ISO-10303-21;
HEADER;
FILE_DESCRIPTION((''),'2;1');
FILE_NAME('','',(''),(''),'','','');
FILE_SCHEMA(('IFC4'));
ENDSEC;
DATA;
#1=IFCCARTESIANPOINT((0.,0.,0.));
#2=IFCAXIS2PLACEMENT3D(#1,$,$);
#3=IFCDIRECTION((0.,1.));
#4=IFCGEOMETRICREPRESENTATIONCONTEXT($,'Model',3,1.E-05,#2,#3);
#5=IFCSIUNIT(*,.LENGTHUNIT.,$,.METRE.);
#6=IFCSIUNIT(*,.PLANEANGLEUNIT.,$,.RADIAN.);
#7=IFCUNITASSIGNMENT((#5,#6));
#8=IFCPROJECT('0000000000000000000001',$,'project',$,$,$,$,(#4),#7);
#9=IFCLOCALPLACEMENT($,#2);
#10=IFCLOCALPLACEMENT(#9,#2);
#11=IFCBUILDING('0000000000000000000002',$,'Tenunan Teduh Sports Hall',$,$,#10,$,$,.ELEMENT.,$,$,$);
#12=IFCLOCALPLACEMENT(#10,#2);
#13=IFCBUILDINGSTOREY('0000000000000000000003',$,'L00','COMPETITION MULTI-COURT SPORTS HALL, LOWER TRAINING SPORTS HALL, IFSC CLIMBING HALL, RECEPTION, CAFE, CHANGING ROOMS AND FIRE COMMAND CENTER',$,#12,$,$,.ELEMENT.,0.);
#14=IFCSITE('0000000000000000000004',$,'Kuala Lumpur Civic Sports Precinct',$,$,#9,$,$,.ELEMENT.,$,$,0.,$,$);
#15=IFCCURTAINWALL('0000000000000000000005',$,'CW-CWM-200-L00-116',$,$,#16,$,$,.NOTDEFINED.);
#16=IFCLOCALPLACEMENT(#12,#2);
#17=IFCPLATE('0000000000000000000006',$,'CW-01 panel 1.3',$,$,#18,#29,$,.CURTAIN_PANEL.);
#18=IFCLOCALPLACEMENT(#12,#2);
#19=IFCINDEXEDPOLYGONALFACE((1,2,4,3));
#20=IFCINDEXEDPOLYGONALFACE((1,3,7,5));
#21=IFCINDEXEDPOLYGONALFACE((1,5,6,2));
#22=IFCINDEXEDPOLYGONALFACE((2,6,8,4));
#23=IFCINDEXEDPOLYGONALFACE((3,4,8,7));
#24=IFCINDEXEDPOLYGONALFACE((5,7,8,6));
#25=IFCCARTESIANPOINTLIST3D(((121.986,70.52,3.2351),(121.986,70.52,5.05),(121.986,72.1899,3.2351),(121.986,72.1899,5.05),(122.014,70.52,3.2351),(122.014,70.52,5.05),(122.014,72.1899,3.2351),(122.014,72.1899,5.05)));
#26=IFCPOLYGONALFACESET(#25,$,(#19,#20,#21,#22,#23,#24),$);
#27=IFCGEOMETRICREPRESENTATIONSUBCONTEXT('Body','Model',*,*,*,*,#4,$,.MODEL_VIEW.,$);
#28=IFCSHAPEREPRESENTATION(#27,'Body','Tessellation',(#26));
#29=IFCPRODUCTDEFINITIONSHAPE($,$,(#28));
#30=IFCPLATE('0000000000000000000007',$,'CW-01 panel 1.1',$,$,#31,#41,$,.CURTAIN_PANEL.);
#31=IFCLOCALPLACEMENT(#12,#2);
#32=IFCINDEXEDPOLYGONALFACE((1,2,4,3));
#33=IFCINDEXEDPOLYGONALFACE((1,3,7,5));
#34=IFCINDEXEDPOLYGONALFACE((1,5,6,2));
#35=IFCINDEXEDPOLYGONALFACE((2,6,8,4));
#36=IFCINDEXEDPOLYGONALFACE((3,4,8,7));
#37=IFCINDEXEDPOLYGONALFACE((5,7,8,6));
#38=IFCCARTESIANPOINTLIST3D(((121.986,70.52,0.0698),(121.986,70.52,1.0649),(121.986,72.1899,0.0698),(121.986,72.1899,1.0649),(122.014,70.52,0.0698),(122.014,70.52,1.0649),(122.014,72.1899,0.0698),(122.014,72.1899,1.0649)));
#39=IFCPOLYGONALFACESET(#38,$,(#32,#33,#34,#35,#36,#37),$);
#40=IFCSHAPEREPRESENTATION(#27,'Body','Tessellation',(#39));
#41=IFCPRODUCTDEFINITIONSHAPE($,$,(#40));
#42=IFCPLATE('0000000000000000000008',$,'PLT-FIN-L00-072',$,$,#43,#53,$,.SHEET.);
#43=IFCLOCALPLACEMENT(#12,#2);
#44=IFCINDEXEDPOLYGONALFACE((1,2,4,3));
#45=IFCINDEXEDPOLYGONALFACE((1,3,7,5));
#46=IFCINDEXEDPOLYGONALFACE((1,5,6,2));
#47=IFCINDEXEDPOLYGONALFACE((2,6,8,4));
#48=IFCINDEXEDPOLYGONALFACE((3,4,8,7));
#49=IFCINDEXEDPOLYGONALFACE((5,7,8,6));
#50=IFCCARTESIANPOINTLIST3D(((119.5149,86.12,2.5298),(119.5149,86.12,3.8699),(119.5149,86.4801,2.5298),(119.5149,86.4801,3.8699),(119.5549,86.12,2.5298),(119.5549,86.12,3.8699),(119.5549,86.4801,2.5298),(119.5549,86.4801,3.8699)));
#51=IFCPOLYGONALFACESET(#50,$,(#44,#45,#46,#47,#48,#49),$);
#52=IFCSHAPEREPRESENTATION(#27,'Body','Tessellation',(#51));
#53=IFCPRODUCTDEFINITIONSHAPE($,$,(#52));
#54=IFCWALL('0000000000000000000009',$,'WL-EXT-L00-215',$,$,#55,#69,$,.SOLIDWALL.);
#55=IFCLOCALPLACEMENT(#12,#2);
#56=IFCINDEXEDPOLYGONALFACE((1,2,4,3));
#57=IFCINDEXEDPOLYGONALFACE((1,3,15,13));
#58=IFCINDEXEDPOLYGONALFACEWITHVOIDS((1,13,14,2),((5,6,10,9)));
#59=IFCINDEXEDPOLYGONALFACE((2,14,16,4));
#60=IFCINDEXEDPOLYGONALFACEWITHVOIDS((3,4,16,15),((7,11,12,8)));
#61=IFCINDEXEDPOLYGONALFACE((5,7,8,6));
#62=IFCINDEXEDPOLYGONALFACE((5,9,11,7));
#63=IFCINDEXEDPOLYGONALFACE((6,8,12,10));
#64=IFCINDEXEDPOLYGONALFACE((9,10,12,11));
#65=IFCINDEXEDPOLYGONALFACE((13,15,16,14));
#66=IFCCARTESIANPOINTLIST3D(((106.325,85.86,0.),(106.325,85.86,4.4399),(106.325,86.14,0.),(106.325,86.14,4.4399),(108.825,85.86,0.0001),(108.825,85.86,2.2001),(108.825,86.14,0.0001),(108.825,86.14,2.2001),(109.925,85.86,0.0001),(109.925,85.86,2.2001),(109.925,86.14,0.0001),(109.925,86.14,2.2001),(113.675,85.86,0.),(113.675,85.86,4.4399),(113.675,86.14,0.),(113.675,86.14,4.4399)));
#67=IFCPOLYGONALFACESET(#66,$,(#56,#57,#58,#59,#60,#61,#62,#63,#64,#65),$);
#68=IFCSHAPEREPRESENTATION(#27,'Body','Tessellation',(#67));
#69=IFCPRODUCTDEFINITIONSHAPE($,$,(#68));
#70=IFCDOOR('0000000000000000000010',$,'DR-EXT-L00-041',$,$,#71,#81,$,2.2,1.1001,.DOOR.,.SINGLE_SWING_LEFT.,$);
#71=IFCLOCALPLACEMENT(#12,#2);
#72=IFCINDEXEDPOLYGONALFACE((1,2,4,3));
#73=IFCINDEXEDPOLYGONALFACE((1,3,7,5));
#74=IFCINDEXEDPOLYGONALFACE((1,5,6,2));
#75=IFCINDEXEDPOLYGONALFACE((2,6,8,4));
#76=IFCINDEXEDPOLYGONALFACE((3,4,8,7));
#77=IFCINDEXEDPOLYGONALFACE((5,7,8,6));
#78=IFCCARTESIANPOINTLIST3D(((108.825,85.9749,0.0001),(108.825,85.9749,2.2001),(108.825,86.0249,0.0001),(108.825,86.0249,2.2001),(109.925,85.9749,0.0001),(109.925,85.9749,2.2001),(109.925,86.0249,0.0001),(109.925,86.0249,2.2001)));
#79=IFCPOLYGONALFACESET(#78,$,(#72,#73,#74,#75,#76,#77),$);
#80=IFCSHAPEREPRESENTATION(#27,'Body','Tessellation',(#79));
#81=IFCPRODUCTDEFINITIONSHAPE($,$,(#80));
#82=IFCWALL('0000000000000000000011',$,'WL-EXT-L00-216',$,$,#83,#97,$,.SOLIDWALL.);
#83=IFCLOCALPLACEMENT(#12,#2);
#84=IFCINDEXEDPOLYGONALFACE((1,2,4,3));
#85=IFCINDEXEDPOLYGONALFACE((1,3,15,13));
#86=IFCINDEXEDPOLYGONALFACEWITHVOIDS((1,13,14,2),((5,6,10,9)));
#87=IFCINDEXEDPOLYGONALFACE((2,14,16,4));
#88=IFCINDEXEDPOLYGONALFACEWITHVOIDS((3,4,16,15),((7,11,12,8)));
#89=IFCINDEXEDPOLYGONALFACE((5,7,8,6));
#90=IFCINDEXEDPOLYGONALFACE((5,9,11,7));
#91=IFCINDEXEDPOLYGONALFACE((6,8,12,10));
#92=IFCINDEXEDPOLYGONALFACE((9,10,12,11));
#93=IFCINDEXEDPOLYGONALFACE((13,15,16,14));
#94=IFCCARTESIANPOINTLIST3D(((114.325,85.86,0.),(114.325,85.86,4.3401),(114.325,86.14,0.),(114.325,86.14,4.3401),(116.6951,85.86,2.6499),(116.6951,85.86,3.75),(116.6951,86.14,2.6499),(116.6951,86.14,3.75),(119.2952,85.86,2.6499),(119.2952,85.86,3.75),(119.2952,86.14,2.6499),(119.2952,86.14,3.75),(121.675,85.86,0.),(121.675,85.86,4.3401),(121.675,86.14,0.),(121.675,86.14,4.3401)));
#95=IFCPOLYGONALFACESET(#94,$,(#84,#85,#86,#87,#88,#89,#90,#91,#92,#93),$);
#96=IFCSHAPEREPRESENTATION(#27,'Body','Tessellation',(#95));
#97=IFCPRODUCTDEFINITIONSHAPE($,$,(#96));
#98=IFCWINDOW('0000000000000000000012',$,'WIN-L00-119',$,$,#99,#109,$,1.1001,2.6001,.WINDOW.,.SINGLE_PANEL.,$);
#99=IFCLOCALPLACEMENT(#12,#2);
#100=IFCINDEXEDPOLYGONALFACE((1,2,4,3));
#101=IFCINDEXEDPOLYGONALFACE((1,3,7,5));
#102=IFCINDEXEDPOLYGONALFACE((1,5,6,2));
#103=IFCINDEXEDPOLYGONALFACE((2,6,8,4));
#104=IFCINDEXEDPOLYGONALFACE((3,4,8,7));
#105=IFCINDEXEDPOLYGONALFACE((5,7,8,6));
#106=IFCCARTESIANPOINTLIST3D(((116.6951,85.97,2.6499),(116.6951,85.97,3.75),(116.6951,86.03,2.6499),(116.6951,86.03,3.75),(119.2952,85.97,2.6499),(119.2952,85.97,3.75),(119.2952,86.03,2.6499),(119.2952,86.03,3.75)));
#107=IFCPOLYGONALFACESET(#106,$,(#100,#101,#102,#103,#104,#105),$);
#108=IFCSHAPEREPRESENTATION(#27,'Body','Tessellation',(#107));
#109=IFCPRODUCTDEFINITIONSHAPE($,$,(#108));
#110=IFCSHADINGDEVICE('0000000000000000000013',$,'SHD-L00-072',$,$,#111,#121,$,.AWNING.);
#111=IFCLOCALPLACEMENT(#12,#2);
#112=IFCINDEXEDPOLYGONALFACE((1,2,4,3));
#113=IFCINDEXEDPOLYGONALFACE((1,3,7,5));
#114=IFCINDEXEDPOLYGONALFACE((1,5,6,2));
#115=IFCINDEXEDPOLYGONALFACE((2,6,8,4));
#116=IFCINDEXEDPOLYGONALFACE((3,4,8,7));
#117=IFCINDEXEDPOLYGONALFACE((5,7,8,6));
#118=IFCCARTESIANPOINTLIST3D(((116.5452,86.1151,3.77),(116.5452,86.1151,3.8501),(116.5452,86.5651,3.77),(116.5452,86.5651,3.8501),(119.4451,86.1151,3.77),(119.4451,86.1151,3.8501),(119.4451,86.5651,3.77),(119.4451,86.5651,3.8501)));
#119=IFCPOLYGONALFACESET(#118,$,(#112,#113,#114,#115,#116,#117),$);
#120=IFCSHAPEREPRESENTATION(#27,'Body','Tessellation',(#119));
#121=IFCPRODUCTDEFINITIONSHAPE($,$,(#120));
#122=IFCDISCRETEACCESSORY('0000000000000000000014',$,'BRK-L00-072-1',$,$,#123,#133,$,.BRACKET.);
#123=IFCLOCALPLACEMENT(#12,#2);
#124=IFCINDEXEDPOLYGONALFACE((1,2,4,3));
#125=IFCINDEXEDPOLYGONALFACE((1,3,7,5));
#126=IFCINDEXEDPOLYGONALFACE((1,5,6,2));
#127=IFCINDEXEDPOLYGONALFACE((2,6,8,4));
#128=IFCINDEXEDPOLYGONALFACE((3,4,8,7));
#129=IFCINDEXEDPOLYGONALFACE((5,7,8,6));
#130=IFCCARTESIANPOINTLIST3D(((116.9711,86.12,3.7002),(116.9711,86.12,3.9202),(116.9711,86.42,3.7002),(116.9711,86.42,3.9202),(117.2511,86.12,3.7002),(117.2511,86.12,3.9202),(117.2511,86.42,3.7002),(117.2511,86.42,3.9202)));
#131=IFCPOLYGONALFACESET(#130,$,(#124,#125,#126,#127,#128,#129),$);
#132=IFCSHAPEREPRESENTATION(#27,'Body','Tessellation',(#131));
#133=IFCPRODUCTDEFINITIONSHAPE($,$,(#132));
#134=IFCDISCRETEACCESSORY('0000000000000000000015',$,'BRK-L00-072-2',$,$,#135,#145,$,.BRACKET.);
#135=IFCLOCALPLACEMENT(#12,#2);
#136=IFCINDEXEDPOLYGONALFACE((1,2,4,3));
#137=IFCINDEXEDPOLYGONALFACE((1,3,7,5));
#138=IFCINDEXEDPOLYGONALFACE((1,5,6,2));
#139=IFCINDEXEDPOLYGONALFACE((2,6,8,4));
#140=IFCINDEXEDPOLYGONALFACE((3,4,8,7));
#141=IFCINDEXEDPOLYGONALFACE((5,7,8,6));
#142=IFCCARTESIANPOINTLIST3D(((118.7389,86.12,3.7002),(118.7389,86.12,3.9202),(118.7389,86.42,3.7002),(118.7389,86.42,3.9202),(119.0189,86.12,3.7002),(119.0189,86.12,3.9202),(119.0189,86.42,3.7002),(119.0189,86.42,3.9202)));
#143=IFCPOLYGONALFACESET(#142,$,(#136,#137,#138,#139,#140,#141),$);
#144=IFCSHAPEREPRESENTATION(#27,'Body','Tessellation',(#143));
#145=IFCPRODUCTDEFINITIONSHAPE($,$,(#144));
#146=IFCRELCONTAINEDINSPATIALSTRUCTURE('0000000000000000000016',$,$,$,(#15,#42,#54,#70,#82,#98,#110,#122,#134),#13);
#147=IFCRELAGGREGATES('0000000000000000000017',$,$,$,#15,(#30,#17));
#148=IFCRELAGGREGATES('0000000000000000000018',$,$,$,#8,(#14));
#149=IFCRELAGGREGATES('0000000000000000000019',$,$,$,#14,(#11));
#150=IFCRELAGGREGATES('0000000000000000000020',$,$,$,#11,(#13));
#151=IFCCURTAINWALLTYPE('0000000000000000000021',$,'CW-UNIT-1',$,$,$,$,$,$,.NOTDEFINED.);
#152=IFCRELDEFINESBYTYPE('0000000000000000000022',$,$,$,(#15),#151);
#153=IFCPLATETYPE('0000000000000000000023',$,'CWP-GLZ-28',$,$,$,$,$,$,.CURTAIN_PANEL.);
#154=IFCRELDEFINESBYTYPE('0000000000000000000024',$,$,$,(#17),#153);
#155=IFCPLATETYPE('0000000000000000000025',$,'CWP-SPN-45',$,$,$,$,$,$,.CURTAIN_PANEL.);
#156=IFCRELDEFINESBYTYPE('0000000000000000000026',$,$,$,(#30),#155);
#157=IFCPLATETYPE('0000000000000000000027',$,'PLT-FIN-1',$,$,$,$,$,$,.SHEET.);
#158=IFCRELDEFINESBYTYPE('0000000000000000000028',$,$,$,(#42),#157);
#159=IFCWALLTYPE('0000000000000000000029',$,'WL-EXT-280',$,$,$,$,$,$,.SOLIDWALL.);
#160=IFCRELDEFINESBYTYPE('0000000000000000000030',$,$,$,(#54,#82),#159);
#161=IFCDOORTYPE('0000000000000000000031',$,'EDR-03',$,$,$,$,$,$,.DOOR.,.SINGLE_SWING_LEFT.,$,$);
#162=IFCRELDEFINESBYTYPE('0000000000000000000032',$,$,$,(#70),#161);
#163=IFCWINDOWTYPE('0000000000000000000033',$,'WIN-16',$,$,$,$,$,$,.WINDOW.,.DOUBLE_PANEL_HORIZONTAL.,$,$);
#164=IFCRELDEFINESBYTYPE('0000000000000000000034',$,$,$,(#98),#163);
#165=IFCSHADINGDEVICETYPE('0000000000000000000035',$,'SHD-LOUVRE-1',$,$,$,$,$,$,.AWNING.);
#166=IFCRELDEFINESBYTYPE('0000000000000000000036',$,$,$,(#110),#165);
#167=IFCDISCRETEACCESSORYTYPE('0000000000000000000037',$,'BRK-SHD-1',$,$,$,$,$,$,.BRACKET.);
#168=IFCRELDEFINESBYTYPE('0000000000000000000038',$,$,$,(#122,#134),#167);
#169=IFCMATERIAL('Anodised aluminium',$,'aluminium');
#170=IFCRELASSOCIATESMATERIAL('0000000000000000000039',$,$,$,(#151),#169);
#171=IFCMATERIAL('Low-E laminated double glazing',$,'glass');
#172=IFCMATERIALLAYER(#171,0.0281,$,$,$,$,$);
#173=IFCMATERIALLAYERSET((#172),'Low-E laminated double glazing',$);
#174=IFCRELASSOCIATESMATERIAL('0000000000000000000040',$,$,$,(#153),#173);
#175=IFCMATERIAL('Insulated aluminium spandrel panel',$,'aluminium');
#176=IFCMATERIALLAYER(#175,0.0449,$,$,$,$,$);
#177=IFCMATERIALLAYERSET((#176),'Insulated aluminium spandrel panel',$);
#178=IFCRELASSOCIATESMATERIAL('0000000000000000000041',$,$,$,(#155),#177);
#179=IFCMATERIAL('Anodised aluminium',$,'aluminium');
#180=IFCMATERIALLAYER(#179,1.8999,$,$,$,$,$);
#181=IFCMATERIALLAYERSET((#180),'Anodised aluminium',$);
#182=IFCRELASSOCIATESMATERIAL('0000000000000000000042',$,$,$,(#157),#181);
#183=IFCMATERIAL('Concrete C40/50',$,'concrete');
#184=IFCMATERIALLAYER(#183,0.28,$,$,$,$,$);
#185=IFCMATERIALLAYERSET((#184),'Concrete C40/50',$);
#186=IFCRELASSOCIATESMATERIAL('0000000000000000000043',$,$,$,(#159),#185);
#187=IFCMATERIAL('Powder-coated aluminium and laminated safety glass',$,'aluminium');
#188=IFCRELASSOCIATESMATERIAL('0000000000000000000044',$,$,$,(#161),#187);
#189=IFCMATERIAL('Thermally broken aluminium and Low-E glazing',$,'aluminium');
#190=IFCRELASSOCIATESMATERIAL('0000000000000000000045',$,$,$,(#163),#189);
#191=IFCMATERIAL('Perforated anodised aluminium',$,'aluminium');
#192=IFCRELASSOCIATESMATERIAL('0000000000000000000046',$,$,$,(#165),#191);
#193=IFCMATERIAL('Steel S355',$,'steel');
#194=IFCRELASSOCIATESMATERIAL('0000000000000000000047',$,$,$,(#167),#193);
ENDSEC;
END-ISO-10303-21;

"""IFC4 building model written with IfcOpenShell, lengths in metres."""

from ifc_helpers import new_model, si_unit, direction, frame, frame_2d, origin, origin_2d, place, context, subcontext, project, spatial, rectangle, extrude, material, layer, layer_set, type_object, element, fill, aggregate, save


model = new_model("IFC4")

# Units and contexts
model_context = context("Model", 3, precision=1e-05, world=origin(), true_north=direction((0.0, 1.0)))
body_context = subcontext(model_context, "Body", "Model", "MODEL_VIEW")
ifc_project = project(units=[si_unit("LENGTHUNIT", "METRE"), si_unit("PLANEANGLEUNIT", "RADIAN")], contexts=[model_context])

# Site, building, storey
site_placement = place(None, origin())
site = spatial("IfcSite", under=ifc_project, at=site_placement, Name="Kuala Lumpur Civic Sports Precinct", CompositionType="ELEMENT", RefElevation=0.0)
building_placement = place(site_placement, origin())
building = spatial("IfcBuilding", under=site, at=building_placement, Name="Tenunan Teduh Sports Hall", CompositionType="ELEMENT")
storey_placement = place(building_placement, origin())
storey = spatial("IfcBuildingStorey", under=building, at=storey_placement, Name="L00", Description="COMPETITION MULTI-COURT SPORTS HALL, LOWER TRAINING SPORTS HALL, IFSC CLIMBING HALL, RECEPTION, CAFE, CHANGING ROOMS AND FIRE COMMAND CENTER", CompositionType="ELEMENT", Elevation=0.0)

# Curtain wall
ifc_material_1 = material(Name="Anodised aluminium", Category="aluminium")
curtain_wall_type = type_object("IfcCurtainWallType", Name="CW-UNIT-1", PredefinedType="NOTDEFINED", material=ifc_material_1)
curtain_wall_placement = place(storey_placement, origin())
curtain_wall = element("IfcCurtainWall", 1, at=curtain_wall_placement, inside=storey, type_object=curtain_wall_type, Name="CW-CWM-200-L00-116", PredefinedType="NOTDEFINED")

# Plates
ifc_material_2 = material(Name="Low-E laminated double glazing", Category="glass")
ifc_layer_1 = layer(ifc_material_2, 0.0281)
ifc_layer_set_1 = layer_set([ifc_layer_1], Name="Low-E laminated double glazing")
plate_type_1 = type_object("IfcPlateType", Name="CWP-GLZ-28", PredefinedType="CURTAIN_PANEL", material=ifc_layer_set_1)
plate_1_placement = place(storey_placement, frame((122.0, 71.355, 3.2351), z_axis=(0.0, 0.0, 1.0), x_axis=(0.0, 1.0, 0.0)))
plate_1 = element("IfcPlate", 2, at=plate_1_placement, type_object=plate_type_1, Name="CW-01 panel 1.3", PredefinedType="CURTAIN_PANEL", context=body_context, shape_type="SweptSolid", body=[
    extrude(rectangle(XDim=1.6699, YDim=0.0281, at=origin_2d()), origin(), (0.0, 0.0, 1.0), 1.8149),
])
ifc_material_3 = material(Name="Insulated aluminium spandrel panel", Category="aluminium")
ifc_layer_2 = layer(ifc_material_3, 0.0449)
ifc_layer_set_2 = layer_set([ifc_layer_2], Name="Insulated aluminium spandrel panel")
plate_type_2 = type_object("IfcPlateType", Name="CWP-SPN-45", PredefinedType="CURTAIN_PANEL", material=ifc_layer_set_2)
plate_2_placement = place(storey_placement, frame((122.0, 71.355, 0.0698), z_axis=(0.0, 0.0, 1.0), x_axis=(0.0, 1.0, 0.0)))
plate_2 = element("IfcPlate", 3, at=plate_2_placement, type_object=plate_type_2, Name="CW-01 panel 1.1", PredefinedType="CURTAIN_PANEL", context=body_context, shape_type="SweptSolid", body=[
    extrude(rectangle(XDim=1.6699, YDim=0.0281, at=origin_2d()), origin(), (0.0, 0.0, 1.0), 0.9951),
])
aggregate(curtain_wall, [plate_2, plate_1])
ifc_material_4 = material(Name="Anodised aluminium", Category="aluminium")
ifc_layer_3 = layer(ifc_material_4, 1.8999)
ifc_layer_set_3 = layer_set([ifc_layer_3], Name="Anodised aluminium")
plate_type_3 = type_object("IfcPlateType", Name="PLT-FIN-1", PredefinedType="SHEET", material=ifc_layer_set_3)
plate_3_placement = place(storey_placement, frame((119.5349, 86.3, 2.5298), z_axis=(0.0, 0.0, 1.0), x_axis=(1.0, 0.0, 0.0)))
element("IfcPlate", 4, at=plate_3_placement, inside=storey, type_object=plate_type_3, Name="PLT-FIN-L00-072", PredefinedType="SHEET", context=body_context, shape_type="SweptSolid", body=[
    extrude(rectangle(XDim=0.04, YDim=0.3601, at=origin_2d()), origin(), (0.0, 0.0, 1.0), 1.3401),
])

# Wall, opening, door
ifc_material_5 = material(Name="Concrete C40/50", Category="concrete")
ifc_layer_4 = layer(ifc_material_5, 0.28)
ifc_layer_set_4 = layer_set([ifc_layer_4], Name="Concrete C40/50")
wall_type = type_object("IfcWallType", Name="WL-EXT-280", PredefinedType="SOLIDWALL", material=ifc_layer_set_4)
wall_1_placement = place(storey_placement, frame((106.325, 86.0, 0.0), z_axis=(0.0, 0.0, 1.0), x_axis=(1.0, 0.0, 0.0)))
wall_1 = element("IfcWall", 5, at=wall_1_placement, inside=storey, type_object=wall_type, Name="WL-EXT-L00-215", PredefinedType="SOLIDWALL", context=body_context, shape_type="SweptSolid", body=[
    extrude(rectangle(XDim=7.3501, YDim=0.28, at=frame_2d((3.675, 0.0))), origin(), (0.0, 0.0, 1.0), 4.4399),
])
opening_1_placement = place(wall_1_placement, frame((2.5, 0.0, 0.0)))
opening_1 = element("IfcOpeningElement", 6, at=opening_1_placement, cuts=wall_1, PredefinedType="OPENING", context=body_context, shape_type="SweptSolid", body=[
    extrude(rectangle(XDim=1.1001, YDim=2.2, at=frame_2d((0.55, 1.1001))), frame((0.0, 0.1499, 0.0), z_axis=(0.0, -1.0, 0.0), x_axis=(1.0, 0.0, 0.0)), (0.0, 0.0, 1.0), 0.3),
])
ifc_material_6 = material(Name="Powder-coated aluminium and laminated safety glass", Category="aluminium")
door_type = type_object("IfcDoorType", Name="EDR-03", OperationType="SINGLE_SWING_LEFT", PredefinedType="DOOR", material=ifc_material_6)
door_placement = place(opening_1_placement, origin())
door = element("IfcDoor", 7, at=door_placement, inside=storey, type_object=door_type, Name="DR-EXT-L00-041", OperationType="SINGLE_SWING_LEFT", OverallHeight=2.2, OverallWidth=1.1001, PredefinedType="DOOR", context=body_context, shape_type="SweptSolid", body=[
    extrude(rectangle(XDim=1.1001, YDim=2.2, at=frame_2d((0.55, 1.1001))), frame((0.0, 0.0249, 0.0), z_axis=(0.0, -1.0, 0.0), x_axis=(1.0, 0.0, 0.0)), (0.0, 0.0, 1.0), 0.05),
])
fill(opening_1, door)

# Wall, opening, window
wall_2_placement = place(storey_placement, frame((114.325, 86.0, 0.0), z_axis=(0.0, 0.0, 1.0), x_axis=(1.0, 0.0, 0.0)))
wall_2 = element("IfcWall", 8, at=wall_2_placement, inside=storey, type_object=wall_type, Name="WL-EXT-L00-216", PredefinedType="SOLIDWALL", context=body_context, shape_type="SweptSolid", body=[
    extrude(rectangle(XDim=7.3501, YDim=0.28, at=frame_2d((3.675, 0.0))), origin(), (0.0, 0.0, 1.0), 4.3401),
])
opening_2_placement = place(wall_2_placement, frame((2.3701, 0.0, 2.6499)))
opening_2 = element("IfcOpeningElement", 9, at=opening_2_placement, cuts=wall_2, PredefinedType="OPENING", context=body_context, shape_type="SweptSolid", body=[
    extrude(rectangle(XDim=2.6001, YDim=1.1001, at=frame_2d((1.3, 0.55))), frame((0.0, 0.1499, 0.0), z_axis=(0.0, -1.0, 0.0), x_axis=(1.0, 0.0, 0.0)), (0.0, 0.0, 1.0), 0.3),
])
ifc_material_7 = material(Name="Thermally broken aluminium and Low-E glazing", Category="aluminium")
window_type = type_object("IfcWindowType", Name="WIN-16", PartitioningType="DOUBLE_PANEL_HORIZONTAL", PredefinedType="WINDOW", material=ifc_material_7)
window_placement = place(opening_2_placement, origin())
window = element("IfcWindow", 10, at=window_placement, inside=storey, type_object=window_type, Name="WIN-L00-119", OverallHeight=1.1001, OverallWidth=2.6001, PartitioningType="SINGLE_PANEL", PredefinedType="WINDOW", context=body_context, shape_type="SweptSolid", body=[
    extrude(rectangle(XDim=2.6001, YDim=1.1001, at=frame_2d((1.3, 0.55))), frame((0.0, 0.03, 0.0), z_axis=(0.0, -1.0, 0.0), x_axis=(1.0, 0.0, 0.0)), (0.0, 0.0, 1.0), 0.0601),
])
fill(opening_2, window)

# Shading device
ifc_material_8 = material(Name="Perforated anodised aluminium", Category="aluminium")
shading_device_type = type_object("IfcShadingDeviceType", Name="SHD-LOUVRE-1", PredefinedType="AWNING", material=ifc_material_8)
shading_device_placement = place(storey_placement, frame((117.9951, 86.3401, 3.77), z_axis=(0.0, 0.0, 1.0), x_axis=(1.0, 0.0, 0.0)))
element("IfcShadingDevice", 11, at=shading_device_placement, inside=storey, type_object=shading_device_type, Name="SHD-L00-072", PredefinedType="AWNING", context=body_context, shape_type="SweptSolid", body=[
    extrude(rectangle(XDim=2.8999, YDim=0.45, at=origin_2d()), origin(), (0.0, 0.0, 1.0), 0.0801),
])

# Discrete accessories
ifc_material_9 = material(Name="Steel S355", Category="steel")
discrete_accessory_type = type_object("IfcDiscreteAccessoryType", Name="BRK-SHD-1", PredefinedType="BRACKET", material=ifc_material_9)
for number, where, z_axis, x_axis, name in (
    (12, (117.1111, 86.27, 3.7002), (0.0, 0.0, 1.0), (1.0, 0.0, 0.0), "BRK-L00-072-1"),
    (13, (118.8789, 86.27, 3.7002), (0.0, 0.0, 1.0), (1.0, 0.0, 0.0), "BRK-L00-072-2"),
):
    element("IfcDiscreteAccessory", number, at=place(storey_placement, frame(where, z_axis=z_axis, x_axis=x_axis)), inside=storey, type_object=discrete_accessory_type, Name=name, PredefinedType="BRACKET", context=body_context, shape_type="SweptSolid", body=[
        extrude(rectangle(XDim=0.28, YDim=0.3, at=origin_2d()), origin(), (0.0, 0.0, 1.0), 0.22),
    ])

save(model, "model.ifc")
